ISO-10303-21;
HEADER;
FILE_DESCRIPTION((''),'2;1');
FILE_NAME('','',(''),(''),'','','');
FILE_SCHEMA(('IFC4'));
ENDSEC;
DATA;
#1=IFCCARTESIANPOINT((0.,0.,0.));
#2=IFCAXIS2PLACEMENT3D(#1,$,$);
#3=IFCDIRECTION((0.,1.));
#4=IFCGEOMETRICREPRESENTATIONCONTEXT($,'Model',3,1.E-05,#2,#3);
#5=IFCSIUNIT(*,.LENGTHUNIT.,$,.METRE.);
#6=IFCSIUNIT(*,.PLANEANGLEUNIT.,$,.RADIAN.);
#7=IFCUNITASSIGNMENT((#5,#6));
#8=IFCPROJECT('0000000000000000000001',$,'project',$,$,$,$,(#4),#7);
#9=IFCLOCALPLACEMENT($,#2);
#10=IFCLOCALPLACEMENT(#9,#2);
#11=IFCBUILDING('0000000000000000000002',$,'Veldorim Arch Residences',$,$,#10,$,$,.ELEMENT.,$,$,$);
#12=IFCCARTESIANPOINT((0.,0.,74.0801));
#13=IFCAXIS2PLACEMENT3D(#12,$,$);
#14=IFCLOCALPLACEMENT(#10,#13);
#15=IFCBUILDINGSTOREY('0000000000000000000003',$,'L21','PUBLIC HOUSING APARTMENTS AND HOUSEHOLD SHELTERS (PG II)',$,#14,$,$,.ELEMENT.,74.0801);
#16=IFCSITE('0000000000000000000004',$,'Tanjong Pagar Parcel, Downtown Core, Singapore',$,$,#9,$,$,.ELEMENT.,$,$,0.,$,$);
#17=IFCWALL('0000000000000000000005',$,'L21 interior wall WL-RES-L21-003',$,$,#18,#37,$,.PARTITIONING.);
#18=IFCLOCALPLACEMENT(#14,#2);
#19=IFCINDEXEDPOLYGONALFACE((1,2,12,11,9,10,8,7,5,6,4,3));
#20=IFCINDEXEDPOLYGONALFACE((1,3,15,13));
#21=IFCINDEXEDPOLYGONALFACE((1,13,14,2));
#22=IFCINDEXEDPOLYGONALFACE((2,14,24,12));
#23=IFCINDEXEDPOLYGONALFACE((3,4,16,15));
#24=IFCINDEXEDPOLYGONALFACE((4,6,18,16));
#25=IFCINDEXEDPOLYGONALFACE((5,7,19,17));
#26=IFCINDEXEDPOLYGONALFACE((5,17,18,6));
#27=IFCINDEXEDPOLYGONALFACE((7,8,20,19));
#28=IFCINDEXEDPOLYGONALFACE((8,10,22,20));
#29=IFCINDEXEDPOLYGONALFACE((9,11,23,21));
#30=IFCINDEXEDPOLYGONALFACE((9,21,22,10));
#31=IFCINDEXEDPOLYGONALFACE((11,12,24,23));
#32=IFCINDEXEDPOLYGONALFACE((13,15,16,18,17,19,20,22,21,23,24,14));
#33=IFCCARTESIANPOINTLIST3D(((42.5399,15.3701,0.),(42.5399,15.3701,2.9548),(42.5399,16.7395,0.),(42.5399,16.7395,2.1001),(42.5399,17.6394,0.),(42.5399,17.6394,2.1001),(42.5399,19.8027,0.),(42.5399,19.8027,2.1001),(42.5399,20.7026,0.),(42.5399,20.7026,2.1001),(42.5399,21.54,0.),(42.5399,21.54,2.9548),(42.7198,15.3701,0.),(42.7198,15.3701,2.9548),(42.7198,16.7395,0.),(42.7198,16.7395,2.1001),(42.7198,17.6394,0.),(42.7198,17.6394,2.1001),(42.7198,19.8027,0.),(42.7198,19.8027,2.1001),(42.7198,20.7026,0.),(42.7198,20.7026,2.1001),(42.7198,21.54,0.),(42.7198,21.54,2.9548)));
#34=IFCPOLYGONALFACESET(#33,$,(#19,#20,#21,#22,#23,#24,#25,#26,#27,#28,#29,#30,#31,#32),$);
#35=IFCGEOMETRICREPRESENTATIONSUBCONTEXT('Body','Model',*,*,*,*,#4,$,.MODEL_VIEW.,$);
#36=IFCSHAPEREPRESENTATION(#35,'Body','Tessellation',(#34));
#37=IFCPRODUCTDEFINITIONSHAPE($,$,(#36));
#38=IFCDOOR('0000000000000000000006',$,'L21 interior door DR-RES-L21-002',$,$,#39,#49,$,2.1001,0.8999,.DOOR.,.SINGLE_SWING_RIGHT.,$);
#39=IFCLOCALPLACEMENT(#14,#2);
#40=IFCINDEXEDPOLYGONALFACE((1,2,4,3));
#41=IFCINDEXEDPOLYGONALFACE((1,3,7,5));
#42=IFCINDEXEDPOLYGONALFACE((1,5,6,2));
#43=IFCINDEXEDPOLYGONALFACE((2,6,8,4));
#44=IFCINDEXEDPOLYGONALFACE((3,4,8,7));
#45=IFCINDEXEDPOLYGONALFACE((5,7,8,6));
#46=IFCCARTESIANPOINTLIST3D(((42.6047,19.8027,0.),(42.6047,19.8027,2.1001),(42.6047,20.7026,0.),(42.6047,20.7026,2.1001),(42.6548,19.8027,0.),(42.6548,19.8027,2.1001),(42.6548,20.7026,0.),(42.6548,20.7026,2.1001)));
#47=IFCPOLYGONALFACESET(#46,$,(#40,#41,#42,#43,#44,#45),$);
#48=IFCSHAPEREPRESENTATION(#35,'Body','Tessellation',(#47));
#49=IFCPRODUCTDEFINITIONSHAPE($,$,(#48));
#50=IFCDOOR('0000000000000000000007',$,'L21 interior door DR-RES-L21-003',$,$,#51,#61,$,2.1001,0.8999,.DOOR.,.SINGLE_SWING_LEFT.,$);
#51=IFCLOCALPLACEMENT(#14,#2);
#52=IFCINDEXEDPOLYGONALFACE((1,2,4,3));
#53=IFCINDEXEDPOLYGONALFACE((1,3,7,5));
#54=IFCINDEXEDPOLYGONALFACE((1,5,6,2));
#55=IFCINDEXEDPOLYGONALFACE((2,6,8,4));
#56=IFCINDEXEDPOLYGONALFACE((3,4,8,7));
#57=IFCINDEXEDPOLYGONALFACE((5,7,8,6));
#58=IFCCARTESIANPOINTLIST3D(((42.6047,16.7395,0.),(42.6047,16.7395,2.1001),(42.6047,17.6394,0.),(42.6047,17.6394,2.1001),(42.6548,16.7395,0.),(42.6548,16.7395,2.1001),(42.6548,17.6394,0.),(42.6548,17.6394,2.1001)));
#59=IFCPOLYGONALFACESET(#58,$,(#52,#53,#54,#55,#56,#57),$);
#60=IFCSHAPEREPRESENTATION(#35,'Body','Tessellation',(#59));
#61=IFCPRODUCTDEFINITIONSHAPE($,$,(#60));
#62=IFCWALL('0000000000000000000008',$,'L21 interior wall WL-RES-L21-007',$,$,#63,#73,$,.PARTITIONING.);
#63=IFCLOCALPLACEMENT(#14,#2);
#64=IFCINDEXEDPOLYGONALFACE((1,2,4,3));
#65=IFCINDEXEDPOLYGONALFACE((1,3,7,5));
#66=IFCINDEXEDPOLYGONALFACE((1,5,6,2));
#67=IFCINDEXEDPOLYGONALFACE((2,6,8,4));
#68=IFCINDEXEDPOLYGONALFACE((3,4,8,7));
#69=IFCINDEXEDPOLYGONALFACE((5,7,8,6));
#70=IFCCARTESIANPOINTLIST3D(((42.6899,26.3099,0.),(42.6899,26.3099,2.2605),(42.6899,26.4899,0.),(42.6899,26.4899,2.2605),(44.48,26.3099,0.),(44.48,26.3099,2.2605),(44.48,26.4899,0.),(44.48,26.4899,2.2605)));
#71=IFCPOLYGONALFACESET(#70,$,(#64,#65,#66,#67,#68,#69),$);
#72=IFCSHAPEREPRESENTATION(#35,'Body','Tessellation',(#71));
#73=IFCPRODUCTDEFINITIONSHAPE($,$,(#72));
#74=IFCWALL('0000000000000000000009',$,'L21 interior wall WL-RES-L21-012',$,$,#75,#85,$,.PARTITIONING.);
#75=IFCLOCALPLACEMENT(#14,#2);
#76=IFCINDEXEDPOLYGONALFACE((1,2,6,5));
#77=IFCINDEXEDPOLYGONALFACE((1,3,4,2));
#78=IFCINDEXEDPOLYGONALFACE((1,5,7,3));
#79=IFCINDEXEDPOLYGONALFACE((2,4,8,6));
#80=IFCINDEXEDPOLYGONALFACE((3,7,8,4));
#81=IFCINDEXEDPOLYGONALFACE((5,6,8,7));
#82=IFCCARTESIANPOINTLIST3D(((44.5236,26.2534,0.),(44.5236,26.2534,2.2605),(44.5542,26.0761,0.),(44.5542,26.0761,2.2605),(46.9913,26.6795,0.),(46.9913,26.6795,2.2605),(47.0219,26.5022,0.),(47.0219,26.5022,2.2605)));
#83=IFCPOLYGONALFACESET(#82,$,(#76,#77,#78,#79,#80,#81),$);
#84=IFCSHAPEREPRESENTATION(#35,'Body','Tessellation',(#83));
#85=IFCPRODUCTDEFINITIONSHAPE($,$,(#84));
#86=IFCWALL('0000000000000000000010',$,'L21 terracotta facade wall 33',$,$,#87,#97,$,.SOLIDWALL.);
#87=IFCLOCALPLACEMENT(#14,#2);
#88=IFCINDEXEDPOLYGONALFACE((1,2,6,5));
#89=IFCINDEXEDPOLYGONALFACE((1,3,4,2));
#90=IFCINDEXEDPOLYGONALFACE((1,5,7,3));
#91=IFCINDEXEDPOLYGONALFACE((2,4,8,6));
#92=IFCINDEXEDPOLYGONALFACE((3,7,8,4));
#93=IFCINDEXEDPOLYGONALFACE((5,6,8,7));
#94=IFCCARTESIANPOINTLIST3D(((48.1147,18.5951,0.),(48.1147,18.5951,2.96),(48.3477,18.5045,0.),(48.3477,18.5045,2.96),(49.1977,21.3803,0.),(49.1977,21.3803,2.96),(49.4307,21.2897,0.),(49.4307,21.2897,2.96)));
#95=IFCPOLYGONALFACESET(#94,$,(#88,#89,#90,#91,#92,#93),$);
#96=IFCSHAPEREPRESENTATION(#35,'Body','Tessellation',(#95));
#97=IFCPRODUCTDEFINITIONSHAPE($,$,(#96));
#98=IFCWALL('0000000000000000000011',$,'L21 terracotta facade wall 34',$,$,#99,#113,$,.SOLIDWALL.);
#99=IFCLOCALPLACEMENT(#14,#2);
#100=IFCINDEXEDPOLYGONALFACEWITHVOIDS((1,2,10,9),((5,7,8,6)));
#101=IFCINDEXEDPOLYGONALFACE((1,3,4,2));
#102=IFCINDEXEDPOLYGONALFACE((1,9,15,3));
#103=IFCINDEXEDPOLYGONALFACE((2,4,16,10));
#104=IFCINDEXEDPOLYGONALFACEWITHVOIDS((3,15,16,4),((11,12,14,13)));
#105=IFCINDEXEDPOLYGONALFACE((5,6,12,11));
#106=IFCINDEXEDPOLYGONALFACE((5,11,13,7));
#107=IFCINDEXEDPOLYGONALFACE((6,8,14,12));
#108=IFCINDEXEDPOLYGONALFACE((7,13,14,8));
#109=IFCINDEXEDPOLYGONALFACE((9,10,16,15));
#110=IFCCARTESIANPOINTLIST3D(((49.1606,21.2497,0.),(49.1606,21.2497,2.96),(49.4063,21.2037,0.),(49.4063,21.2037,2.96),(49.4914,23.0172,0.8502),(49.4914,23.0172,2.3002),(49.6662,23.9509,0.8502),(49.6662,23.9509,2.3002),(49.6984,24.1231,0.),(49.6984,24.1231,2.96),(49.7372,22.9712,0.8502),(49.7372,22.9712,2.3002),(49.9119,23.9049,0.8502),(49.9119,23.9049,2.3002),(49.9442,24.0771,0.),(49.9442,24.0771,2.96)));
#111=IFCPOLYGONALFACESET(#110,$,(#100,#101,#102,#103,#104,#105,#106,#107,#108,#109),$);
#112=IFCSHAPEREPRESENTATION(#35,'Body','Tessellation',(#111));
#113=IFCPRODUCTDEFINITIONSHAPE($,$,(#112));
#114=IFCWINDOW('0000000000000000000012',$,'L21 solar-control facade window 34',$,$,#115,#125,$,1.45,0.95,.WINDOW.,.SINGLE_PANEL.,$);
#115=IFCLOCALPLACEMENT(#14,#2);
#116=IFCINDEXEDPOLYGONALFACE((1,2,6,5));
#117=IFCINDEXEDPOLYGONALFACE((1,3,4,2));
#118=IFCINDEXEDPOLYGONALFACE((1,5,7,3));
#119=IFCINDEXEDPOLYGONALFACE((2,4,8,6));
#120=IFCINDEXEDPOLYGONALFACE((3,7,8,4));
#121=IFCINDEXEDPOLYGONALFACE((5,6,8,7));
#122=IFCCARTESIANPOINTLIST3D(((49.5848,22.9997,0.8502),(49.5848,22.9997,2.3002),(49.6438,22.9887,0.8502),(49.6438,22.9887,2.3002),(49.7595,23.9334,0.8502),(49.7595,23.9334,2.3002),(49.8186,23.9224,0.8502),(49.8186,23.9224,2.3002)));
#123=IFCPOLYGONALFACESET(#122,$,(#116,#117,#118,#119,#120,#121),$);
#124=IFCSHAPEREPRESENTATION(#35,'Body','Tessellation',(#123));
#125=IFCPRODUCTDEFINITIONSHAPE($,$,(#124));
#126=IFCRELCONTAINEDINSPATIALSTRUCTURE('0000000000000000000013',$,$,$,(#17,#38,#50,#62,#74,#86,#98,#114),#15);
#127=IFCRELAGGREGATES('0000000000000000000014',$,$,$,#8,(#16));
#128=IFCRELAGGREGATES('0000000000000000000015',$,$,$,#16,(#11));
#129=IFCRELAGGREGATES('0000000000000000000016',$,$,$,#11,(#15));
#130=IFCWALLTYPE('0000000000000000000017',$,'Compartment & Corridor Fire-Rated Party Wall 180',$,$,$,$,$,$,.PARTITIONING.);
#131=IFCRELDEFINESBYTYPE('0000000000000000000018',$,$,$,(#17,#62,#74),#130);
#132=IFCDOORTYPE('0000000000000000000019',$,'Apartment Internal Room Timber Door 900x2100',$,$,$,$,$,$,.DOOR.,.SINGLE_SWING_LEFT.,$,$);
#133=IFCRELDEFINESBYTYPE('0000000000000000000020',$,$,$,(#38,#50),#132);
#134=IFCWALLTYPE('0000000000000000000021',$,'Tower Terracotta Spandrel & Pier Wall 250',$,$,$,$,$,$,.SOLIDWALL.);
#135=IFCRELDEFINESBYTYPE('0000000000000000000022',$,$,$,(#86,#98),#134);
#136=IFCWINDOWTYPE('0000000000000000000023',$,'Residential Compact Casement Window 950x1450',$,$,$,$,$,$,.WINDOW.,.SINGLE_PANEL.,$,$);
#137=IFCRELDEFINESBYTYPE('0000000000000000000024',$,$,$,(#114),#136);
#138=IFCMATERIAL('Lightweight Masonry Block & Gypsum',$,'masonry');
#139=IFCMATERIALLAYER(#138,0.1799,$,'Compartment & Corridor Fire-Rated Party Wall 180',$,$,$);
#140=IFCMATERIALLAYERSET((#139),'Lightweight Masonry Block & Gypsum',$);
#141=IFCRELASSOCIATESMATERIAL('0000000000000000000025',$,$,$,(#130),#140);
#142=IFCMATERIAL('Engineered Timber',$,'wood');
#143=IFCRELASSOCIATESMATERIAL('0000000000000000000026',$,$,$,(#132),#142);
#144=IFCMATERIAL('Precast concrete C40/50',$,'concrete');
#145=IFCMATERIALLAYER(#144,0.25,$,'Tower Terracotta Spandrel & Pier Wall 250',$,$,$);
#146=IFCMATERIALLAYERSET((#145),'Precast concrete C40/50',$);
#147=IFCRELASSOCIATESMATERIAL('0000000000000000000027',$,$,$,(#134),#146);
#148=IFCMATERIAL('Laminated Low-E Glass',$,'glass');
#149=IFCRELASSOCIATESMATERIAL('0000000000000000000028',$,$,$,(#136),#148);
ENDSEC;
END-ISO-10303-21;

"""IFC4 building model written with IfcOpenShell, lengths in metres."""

from ifc_helpers import new_model, si_unit, direction, frame, frame_2d, origin, place, context, subcontext, project, spatial, rectangle, extrude, material, layer, layer_set, type_object, element, fill, save


model = new_model("IFC4")

# Units and contexts
model_context = context("Model", 3, precision=1e-05, world=origin(), true_north=direction((0.0, 1.0)))
body_context = subcontext(model_context, "Body", "Model", "MODEL_VIEW")
ifc_project = project(units=[si_unit("LENGTHUNIT", "METRE"), si_unit("PLANEANGLEUNIT", "RADIAN")], contexts=[model_context])

# Site, building, storey
site_placement = place(None, origin())
site = spatial("IfcSite", under=ifc_project, at=site_placement, Name="Tanjong Pagar Parcel, Downtown Core, Singapore", CompositionType="ELEMENT", RefElevation=0.0)
building_placement = place(site_placement, origin())
building = spatial("IfcBuilding", under=site, at=building_placement, Name="Veldorim Arch Residences", CompositionType="ELEMENT")
storey_placement = place(building_placement, frame((0.0, 0.0, 74.0801)))
storey = spatial("IfcBuildingStorey", under=building, at=storey_placement, Name="L21", Description="PUBLIC HOUSING APARTMENTS AND HOUSEHOLD SHELTERS (PG II)", CompositionType="ELEMENT", Elevation=74.0801)

# Shared definitions
ifc_material_1 = material(Name="Lightweight Masonry Block & Gypsum", Category="masonry")
ifc_layer_1 = layer(ifc_material_1, 0.1799, Name="Compartment & Corridor Fire-Rated Party Wall 180")
ifc_layer_set_1 = layer_set([ifc_layer_1], Name="Lightweight Masonry Block & Gypsum")
wall_type_1 = type_object("IfcWallType", Name="Compartment & Corridor Fire-Rated Party Wall 180", PredefinedType="PARTITIONING", material=ifc_layer_set_1)

# Wall, openings, doors
wall_1_placement = place(storey_placement, frame((42.6299, 21.54, 0.0), z_axis=(0.0, 0.0, 1.0), x_axis=(0.0, -1.0, 0.0)))
wall_1 = element("IfcWall", 1, at=wall_1_placement, inside=storey, type_object=wall_type_1, Name="L21 interior wall WL-RES-L21-003", PredefinedType="PARTITIONING", context=body_context, shape_type="SweptSolid", body=[
    extrude(rectangle(XDim=6.1699, YDim=0.1799, at=frame_2d((3.085, 0.0))), origin(), (0.0, 0.0, 1.0), 2.9548),
])
opening_1_placement = place(wall_1_placement, frame((0.8374, 0.0, 0.0)))
opening_1 = element("IfcOpeningElement", 2, at=opening_1_placement, cuts=wall_1, PredefinedType="OPENING", context=body_context, shape_type="SweptSolid", body=[
    extrude(rectangle(XDim=0.8999, YDim=2.1001, at=frame_2d((0.45, 1.05))), frame((0.0, 0.0999, 0.0), z_axis=(0.0, -1.0, 0.0), x_axis=(1.0, 0.0, 0.0)), (0.0, 0.0, 1.0), 0.2),
])
opening_2_placement = place(wall_1_placement, frame((3.9006, 0.0, 0.0)))
opening_2 = element("IfcOpeningElement", 3, at=opening_2_placement, cuts=wall_1, PredefinedType="OPENING", context=body_context, shape_type="SweptSolid", body=[
    extrude(rectangle(XDim=0.8999, YDim=2.1001, at=frame_2d((0.45, 1.05))), frame((0.0, 0.0999, 0.0), z_axis=(0.0, -1.0, 0.0), x_axis=(1.0, 0.0, 0.0)), (0.0, 0.0, 1.0), 0.2),
])
ifc_material_2 = material(Name="Engineered Timber", Category="wood")
door_type_1 = type_object("IfcDoorType", Name="Apartment Internal Room Timber Door 900x2100", OperationType="SINGLE_SWING_LEFT", PredefinedType="DOOR", material=ifc_material_2)
door_1_placement = place(opening_1_placement, origin())
door_1 = element("IfcDoor", 4, at=door_1_placement, inside=storey, type_object=door_type_1, Name="L21 interior door DR-RES-L21-002", OperationType="SINGLE_SWING_RIGHT", OverallHeight=2.1001, OverallWidth=0.8999, PredefinedType="DOOR", context=body_context, shape_type="SweptSolid", body=[
    extrude(rectangle(XDim=0.8999, YDim=2.1001, at=frame_2d((0.45, 1.05))), frame((0.0, 0.0249, 0.0), z_axis=(0.0, -1.0, 0.0), x_axis=(1.0, 0.0, 0.0)), (0.0, 0.0, 1.0), 0.05),
])
fill(opening_1, door_1)
door_2_placement = place(opening_2_placement, origin())
door_2 = element("IfcDoor", 5, at=door_2_placement, inside=storey, type_object=door_type_1, Name="L21 interior door DR-RES-L21-003", OperationType="SINGLE_SWING_LEFT", OverallHeight=2.1001, OverallWidth=0.8999, PredefinedType="DOOR", context=body_context, shape_type="SweptSolid", body=[
    extrude(rectangle(XDim=0.8999, YDim=2.1001, at=frame_2d((0.45, 1.05))), frame((0.0, 0.0249, 0.0), z_axis=(0.0, -1.0, 0.0), x_axis=(1.0, 0.0, 0.0)), (0.0, 0.0, 1.0), 0.05),
])
fill(opening_2, door_2)

# Walls
wall_2_placement = place(storey_placement, frame((42.6899, 26.3999, 0.0), z_axis=(0.0, 0.0, 1.0), x_axis=(1.0, 0.0, 0.0)))
element("IfcWall", 6, at=wall_2_placement, inside=storey, type_object=wall_type_1, Name="L21 interior wall WL-RES-L21-007", PredefinedType="PARTITIONING", context=body_context, shape_type="SweptSolid", body=[
    extrude(rectangle(XDim=1.79, YDim=0.1799, at=frame_2d((0.895, 0.0))), origin(), (0.0, 0.0, 1.0), 2.2605),
])
wall_3_placement = place(storey_placement, frame((44.5391, 26.1648, 0.0), z_axis=(0.0, 0.0, 1.0), x_axis=(0.985421, 0.170135, 0.0)))
element("IfcWall", 7, at=wall_3_placement, inside=storey, type_object=wall_type_1, Name="L21 interior wall WL-RES-L21-012", PredefinedType="PARTITIONING", context=body_context, shape_type="SweptSolid", body=[
    extrude(rectangle(XDim=2.5042, YDim=0.1799, at=frame_2d((1.252, 0.0))), origin(), (0.0, 0.0, 1.0), 2.2605),
])
ifc_material_3 = material(Name="Precast concrete C40/50", Category="concrete")
ifc_layer_2 = layer(ifc_material_3, 0.25, Name="Tower Terracotta Spandrel & Pier Wall 250")
ifc_layer_set_2 = layer_set([ifc_layer_2], Name="Precast concrete C40/50")
wall_type_2 = type_object("IfcWallType", Name="Tower Terracotta Spandrel & Pier Wall 250", PredefinedType="SOLIDWALL", material=ifc_layer_set_2)
wall_4_placement = place(storey_placement, frame((49.3142, 21.335, 0.0), z_axis=(0.0, 0.0, 1.0), x_axis=(-0.362415, -0.932017, 0.0)))
element("IfcWall", 8, at=wall_4_placement, inside=storey, type_object=wall_type_2, Name="L21 terracotta facade wall 33", PredefinedType="SOLIDWALL", context=body_context, shape_type="SweptSolid", body=[
    extrude(rectangle(XDim=2.9883, YDim=0.25, at=frame_2d((1.4941, 0.0))), origin(), (0.0, 0.0, 1.0), 2.96),
])

# Wall, opening, window
wall_5_placement = place(storey_placement, frame((49.8213, 24.1001, 0.0), z_axis=(0.0, 0.0, 1.0), x_axis=(-0.183976, -0.982931, 0.0)))
wall_5 = element("IfcWall", 9, at=wall_5_placement, inside=storey, type_object=wall_type_2, Name="L21 terracotta facade wall 34", PredefinedType="SOLIDWALL", context=body_context, shape_type="SweptSolid", body=[
    extrude(rectangle(XDim=2.9233, YDim=0.25, at=frame_2d((1.4617, 0.0))), origin(), (0.0, 0.0, 1.0), 2.96),
])
opening_3_placement = place(wall_5_placement, frame((0.175, 0.0, 0.8501)))
opening_3 = element("IfcOpeningElement", 10, at=opening_3_placement, cuts=wall_5, PredefinedType="OPENING", context=body_context, shape_type="SweptSolid", body=[
    extrude(rectangle(XDim=0.95, YDim=1.45, at=frame_2d((0.4751, 0.7251))), frame((0.0, 0.135, 0.0), z_axis=(0.0, -1.0, 0.0), x_axis=(1.0, 0.0, 0.0)), (0.0, 0.0, 1.0), 0.27),
])
ifc_material_4 = material(Name="Laminated Low-E Glass", Category="glass")
window_type = type_object("IfcWindowType", Name="Residential Compact Casement Window 950x1450", PartitioningType="SINGLE_PANEL", PredefinedType="WINDOW", material=ifc_material_4)
window_placement = place(opening_3_placement, origin())
window = element("IfcWindow", 11, at=window_placement, inside=storey, type_object=window_type, Name="L21 solar-control facade window 34", OverallHeight=1.45, OverallWidth=0.95, PartitioningType="SINGLE_PANEL", PredefinedType="WINDOW", context=body_context, shape_type="SweptSolid", body=[
    extrude(rectangle(XDim=0.95, YDim=1.45, at=frame_2d((0.4751, 0.7251))), frame((0.0, 0.03, 0.0), z_axis=(0.0, -1.0, 0.0), x_axis=(1.0, 0.0, 0.0)), (0.0, 0.0, 1.0), 0.0601),
])
fill(opening_3, window)

save(model, "model.ifc")
